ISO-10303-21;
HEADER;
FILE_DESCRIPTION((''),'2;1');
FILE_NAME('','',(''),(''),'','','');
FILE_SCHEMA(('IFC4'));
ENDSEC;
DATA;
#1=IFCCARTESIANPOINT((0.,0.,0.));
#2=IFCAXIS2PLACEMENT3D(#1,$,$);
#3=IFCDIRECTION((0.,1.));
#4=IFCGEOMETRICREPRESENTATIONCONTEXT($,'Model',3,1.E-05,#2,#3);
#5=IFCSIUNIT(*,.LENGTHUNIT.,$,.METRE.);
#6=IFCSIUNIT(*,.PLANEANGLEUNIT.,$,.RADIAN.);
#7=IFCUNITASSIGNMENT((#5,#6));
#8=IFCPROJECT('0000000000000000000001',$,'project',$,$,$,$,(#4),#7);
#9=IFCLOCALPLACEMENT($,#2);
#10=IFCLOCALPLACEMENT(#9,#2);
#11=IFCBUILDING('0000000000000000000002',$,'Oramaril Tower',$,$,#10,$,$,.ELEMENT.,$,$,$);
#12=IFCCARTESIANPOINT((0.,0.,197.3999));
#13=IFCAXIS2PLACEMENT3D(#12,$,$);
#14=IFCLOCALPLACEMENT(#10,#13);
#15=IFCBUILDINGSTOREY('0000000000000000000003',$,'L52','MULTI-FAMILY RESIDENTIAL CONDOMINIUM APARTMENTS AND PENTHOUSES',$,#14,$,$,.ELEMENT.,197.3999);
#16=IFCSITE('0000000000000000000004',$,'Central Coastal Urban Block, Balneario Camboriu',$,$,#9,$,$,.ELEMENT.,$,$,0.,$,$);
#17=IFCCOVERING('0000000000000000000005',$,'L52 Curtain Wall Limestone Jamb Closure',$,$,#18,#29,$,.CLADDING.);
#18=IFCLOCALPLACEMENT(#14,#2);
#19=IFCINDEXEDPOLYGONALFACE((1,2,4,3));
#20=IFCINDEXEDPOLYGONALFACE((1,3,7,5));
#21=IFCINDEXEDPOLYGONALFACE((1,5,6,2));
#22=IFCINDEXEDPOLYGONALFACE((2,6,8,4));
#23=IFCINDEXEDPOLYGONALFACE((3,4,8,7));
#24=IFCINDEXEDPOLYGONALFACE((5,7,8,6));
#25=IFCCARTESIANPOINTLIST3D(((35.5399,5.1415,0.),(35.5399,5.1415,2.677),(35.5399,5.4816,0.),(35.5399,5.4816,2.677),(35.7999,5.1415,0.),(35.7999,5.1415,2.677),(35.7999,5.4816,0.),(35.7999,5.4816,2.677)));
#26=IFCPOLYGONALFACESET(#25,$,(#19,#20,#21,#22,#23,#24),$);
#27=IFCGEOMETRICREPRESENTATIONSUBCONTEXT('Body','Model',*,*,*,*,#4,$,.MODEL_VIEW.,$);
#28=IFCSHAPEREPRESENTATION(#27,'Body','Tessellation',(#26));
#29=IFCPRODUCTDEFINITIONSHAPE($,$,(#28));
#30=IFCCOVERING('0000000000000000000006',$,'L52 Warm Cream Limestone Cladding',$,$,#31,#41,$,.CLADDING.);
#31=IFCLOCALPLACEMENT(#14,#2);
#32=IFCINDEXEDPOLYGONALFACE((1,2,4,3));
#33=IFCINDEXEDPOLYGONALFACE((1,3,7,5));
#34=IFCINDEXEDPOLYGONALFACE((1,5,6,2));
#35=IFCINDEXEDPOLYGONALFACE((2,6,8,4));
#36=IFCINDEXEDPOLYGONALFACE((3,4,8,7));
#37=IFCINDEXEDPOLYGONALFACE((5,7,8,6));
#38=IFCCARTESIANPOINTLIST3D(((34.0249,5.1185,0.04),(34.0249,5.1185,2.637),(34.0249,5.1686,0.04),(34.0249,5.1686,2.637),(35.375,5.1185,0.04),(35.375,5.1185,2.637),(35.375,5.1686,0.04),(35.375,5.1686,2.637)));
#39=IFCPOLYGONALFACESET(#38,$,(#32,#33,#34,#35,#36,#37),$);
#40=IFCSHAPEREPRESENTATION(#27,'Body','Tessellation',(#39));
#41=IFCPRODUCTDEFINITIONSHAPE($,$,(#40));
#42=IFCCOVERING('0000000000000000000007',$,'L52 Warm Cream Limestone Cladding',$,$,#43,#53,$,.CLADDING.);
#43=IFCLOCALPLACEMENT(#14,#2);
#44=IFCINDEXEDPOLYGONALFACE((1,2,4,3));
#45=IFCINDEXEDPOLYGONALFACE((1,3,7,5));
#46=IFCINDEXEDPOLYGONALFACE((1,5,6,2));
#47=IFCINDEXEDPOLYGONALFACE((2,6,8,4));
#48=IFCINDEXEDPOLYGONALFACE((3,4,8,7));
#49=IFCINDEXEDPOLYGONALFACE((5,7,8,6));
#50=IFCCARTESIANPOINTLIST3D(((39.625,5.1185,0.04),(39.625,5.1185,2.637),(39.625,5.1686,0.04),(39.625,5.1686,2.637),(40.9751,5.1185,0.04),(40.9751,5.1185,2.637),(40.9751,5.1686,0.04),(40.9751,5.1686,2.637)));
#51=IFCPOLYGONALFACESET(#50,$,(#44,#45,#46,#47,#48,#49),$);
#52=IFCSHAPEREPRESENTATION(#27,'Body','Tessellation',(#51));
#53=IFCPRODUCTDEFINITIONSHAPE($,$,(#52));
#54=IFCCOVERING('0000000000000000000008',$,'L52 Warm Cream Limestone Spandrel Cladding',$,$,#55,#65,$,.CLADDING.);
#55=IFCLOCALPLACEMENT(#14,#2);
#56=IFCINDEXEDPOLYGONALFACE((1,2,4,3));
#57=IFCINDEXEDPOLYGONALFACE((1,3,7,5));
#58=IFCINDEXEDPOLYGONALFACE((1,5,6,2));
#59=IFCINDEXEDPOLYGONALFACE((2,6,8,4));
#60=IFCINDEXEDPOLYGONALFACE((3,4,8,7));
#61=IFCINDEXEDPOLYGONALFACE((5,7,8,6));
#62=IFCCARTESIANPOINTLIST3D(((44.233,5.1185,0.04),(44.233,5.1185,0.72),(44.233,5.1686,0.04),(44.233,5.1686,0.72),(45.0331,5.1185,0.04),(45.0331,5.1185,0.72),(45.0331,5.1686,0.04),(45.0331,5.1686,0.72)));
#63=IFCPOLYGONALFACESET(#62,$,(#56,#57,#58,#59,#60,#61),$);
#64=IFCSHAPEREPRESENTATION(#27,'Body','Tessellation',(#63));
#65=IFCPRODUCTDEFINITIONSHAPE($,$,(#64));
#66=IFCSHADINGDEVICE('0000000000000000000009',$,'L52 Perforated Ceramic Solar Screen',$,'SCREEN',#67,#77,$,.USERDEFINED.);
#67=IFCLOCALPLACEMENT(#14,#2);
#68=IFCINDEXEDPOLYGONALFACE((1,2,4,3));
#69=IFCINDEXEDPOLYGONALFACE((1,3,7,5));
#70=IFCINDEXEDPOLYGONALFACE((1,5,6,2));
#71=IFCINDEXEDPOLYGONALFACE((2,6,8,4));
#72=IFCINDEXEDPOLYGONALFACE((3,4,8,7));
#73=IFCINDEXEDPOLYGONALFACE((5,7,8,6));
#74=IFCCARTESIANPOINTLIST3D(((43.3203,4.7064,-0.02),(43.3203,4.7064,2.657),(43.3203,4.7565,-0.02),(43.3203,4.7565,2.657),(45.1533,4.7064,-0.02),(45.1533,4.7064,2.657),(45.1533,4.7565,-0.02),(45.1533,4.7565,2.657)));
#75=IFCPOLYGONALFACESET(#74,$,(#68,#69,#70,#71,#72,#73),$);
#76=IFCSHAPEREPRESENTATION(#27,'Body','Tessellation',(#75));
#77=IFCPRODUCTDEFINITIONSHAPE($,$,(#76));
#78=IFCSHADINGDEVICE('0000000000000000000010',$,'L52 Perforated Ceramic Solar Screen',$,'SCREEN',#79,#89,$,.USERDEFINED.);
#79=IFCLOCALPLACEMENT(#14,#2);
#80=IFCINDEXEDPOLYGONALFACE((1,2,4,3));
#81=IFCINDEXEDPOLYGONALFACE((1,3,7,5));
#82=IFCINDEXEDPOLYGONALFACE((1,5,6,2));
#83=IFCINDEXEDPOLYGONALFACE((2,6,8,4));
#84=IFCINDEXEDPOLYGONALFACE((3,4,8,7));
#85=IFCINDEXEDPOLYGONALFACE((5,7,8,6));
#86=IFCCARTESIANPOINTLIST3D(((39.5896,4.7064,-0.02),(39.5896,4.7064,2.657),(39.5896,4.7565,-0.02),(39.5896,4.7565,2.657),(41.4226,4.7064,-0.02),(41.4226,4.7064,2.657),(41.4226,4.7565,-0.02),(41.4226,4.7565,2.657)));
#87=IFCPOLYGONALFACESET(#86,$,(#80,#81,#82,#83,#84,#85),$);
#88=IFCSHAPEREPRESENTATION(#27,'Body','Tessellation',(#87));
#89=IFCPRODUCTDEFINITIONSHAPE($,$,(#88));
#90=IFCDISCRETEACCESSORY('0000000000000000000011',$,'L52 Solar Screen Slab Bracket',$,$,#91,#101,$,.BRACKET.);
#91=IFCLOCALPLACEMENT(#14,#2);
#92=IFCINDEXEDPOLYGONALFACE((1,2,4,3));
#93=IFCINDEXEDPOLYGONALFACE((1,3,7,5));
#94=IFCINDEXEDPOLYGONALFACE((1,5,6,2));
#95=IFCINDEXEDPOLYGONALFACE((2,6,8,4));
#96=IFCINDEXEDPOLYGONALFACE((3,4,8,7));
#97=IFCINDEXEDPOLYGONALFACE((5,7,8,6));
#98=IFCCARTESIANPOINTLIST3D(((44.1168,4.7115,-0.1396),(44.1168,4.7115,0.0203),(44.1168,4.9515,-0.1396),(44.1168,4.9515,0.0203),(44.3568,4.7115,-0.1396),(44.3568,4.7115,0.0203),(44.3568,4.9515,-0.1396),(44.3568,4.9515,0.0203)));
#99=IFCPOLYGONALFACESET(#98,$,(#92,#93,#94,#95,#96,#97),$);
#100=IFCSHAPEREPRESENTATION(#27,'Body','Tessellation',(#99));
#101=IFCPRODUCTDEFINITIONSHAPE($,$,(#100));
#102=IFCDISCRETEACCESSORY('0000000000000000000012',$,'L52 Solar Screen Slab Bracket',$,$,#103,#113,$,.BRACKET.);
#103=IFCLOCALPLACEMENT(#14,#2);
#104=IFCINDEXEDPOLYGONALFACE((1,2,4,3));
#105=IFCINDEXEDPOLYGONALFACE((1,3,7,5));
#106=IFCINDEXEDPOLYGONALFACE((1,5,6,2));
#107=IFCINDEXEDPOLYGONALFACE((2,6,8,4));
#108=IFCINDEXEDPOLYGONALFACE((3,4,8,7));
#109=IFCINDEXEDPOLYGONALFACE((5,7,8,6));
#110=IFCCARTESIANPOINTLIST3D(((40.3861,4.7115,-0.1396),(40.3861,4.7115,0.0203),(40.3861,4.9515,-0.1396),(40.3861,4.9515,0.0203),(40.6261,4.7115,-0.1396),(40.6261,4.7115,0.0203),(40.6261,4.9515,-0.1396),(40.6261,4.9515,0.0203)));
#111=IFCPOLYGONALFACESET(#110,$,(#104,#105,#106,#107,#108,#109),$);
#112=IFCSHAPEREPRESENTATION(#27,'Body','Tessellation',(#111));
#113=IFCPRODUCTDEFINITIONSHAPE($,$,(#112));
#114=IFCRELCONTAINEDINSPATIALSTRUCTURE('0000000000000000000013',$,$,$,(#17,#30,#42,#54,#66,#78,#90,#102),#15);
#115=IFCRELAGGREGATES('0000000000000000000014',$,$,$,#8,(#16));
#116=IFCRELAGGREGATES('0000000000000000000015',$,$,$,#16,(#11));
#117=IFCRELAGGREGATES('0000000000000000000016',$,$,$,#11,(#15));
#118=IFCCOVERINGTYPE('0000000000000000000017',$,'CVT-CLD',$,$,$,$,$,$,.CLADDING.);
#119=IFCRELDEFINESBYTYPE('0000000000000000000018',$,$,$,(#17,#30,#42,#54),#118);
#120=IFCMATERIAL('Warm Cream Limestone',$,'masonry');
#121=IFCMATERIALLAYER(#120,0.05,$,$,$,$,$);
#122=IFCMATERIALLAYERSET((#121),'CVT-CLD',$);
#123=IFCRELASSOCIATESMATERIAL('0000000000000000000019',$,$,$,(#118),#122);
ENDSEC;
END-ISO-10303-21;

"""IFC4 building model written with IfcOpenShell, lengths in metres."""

from ifc_helpers import new_model, si_unit, direction, frame, origin, origin_2d, place, context, subcontext, project, spatial, rectangle, extrude, material, layer, layer_set, type_object, element, save


model = new_model("IFC4")

# Units and contexts
model_context = context("Model", 3, precision=1e-05, world=origin(), true_north=direction((0.0, 1.0)))
body_context = subcontext(model_context, "Body", "Model", "MODEL_VIEW")
ifc_project = project(units=[si_unit("LENGTHUNIT", "METRE"), si_unit("PLANEANGLEUNIT", "RADIAN")], contexts=[model_context])

# Site, building, storey
site_placement = place(None, origin())
site = spatial("IfcSite", under=ifc_project, at=site_placement, Name="Central Coastal Urban Block, Balneario Camboriu", CompositionType="ELEMENT", RefElevation=0.0)
building_placement = place(site_placement, origin())
building = spatial("IfcBuilding", under=site, at=building_placement, Name="Oramaril Tower", CompositionType="ELEMENT")
storey_placement = place(building_placement, frame((0.0, 0.0, 197.3999)))
storey = spatial("IfcBuildingStorey", under=building, at=storey_placement, Name="L52", Description="MULTI-FAMILY RESIDENTIAL CONDOMINIUM APARTMENTS AND PENTHOUSES", CompositionType="ELEMENT", Elevation=197.3999)

# Coverings
ifc_material_1 = material(Name="Warm Cream Limestone", Category="masonry")
ifc_layer_1 = layer(ifc_material_1, 0.05)
ifc_layer_set_1 = layer_set([ifc_layer_1], Name="CVT-CLD")
covering_type = type_object("IfcCoveringType", Name="CVT-CLD", PredefinedType="CLADDING", material=ifc_layer_set_1)
covering_1_placement = place(storey_placement, frame((35.6699, 5.3115, 0.0), z_axis=(0.0, 0.0, 1.0), x_axis=(1.0, 0.0, 0.0)))
element("IfcCovering", 1, at=covering_1_placement, inside=storey, type_object=covering_type, Name="L52 Curtain Wall Limestone Jamb Closure", PredefinedType="CLADDING", context=body_context, shape_type="SweptSolid", body=[
    extrude(rectangle(XDim=0.26, YDim=0.3401, at=origin_2d()), origin(), (0.0, 0.0, 1.0), 2.677),
])
for number, where, z_axis, x_axis, name in (
    (2, (34.7, 5.1436, 0.04), (0.0, 0.0, 1.0), (1.0, 0.0, 0.0), "L52 Warm Cream Limestone Cladding"),
    (3, (40.3, 5.1436, 0.04), (0.0, 0.0, 1.0), (1.0, 0.0, 0.0), "L52 Warm Cream Limestone Cladding"),
):
    element("IfcCovering", number, at=place(storey_placement, frame(where, z_axis=z_axis, x_axis=x_axis)), inside=storey, type_object=covering_type, Name=name, PredefinedType="CLADDING", context=body_context, shape_type="SweptSolid", body=[
        extrude(rectangle(XDim=1.3501, YDim=0.05, at=origin_2d()), origin(), (0.0, 0.0, 1.0), 2.5969),
    ])
covering_2_placement = place(storey_placement, frame((44.6331, 5.1436, 0.04), z_axis=(0.0, 0.0, 1.0), x_axis=(1.0, 0.0, 0.0)))
element("IfcCovering", 4, at=covering_2_placement, inside=storey, type_object=covering_type, Name="L52 Warm Cream Limestone Spandrel Cladding", PredefinedType="CLADDING", context=body_context, shape_type="SweptSolid", body=[
    extrude(rectangle(XDim=0.8, YDim=0.05, at=origin_2d()), origin(), (0.0, 0.0, 1.0), 0.6799),
])

# Shading devices
for number, where, z_axis, x_axis, name in (
    (5, (44.2368, 4.7314, -0.02), (0.0, 0.0, 1.0), (1.0, 0.0, 0.0), "L52 Perforated Ceramic Solar Screen"),
    (6, (40.5061, 4.7314, -0.02), (0.0, 0.0, 1.0), (1.0, 0.0, 0.0), "L52 Perforated Ceramic Solar Screen"),
):
    element("IfcShadingDevice", number, at=place(storey_placement, frame(where, z_axis=z_axis, x_axis=x_axis)), inside=storey, Name=name, ObjectType="SCREEN", PredefinedType="USERDEFINED", context=body_context, shape_type="SweptSolid", body=[
        extrude(rectangle(XDim=1.833, YDim=0.05, at=origin_2d()), origin(), (0.0, 0.0, 1.0), 2.677),
    ])

# Discrete accessories
for number, where, z_axis, x_axis, name in (
    (7, (44.2368, 4.8315, -0.1396), (0.0, 0.0, 1.0), (1.0, 0.0, 0.0), "L52 Solar Screen Slab Bracket"),
    (8, (40.5061, 4.8315, -0.1396), (0.0, 0.0, 1.0), (1.0, 0.0, 0.0), "L52 Solar Screen Slab Bracket"),
):
    element("IfcDiscreteAccessory", number, at=place(storey_placement, frame(where, z_axis=z_axis, x_axis=x_axis)), inside=storey, Name=name, PredefinedType="BRACKET", context=body_context, shape_type="SweptSolid", body=[
        extrude(rectangle(XDim=0.24, YDim=0.24, at=origin_2d()), origin(), (0.0, 0.0, 1.0), 0.1599),
    ])

save(model, "model.ifc")
